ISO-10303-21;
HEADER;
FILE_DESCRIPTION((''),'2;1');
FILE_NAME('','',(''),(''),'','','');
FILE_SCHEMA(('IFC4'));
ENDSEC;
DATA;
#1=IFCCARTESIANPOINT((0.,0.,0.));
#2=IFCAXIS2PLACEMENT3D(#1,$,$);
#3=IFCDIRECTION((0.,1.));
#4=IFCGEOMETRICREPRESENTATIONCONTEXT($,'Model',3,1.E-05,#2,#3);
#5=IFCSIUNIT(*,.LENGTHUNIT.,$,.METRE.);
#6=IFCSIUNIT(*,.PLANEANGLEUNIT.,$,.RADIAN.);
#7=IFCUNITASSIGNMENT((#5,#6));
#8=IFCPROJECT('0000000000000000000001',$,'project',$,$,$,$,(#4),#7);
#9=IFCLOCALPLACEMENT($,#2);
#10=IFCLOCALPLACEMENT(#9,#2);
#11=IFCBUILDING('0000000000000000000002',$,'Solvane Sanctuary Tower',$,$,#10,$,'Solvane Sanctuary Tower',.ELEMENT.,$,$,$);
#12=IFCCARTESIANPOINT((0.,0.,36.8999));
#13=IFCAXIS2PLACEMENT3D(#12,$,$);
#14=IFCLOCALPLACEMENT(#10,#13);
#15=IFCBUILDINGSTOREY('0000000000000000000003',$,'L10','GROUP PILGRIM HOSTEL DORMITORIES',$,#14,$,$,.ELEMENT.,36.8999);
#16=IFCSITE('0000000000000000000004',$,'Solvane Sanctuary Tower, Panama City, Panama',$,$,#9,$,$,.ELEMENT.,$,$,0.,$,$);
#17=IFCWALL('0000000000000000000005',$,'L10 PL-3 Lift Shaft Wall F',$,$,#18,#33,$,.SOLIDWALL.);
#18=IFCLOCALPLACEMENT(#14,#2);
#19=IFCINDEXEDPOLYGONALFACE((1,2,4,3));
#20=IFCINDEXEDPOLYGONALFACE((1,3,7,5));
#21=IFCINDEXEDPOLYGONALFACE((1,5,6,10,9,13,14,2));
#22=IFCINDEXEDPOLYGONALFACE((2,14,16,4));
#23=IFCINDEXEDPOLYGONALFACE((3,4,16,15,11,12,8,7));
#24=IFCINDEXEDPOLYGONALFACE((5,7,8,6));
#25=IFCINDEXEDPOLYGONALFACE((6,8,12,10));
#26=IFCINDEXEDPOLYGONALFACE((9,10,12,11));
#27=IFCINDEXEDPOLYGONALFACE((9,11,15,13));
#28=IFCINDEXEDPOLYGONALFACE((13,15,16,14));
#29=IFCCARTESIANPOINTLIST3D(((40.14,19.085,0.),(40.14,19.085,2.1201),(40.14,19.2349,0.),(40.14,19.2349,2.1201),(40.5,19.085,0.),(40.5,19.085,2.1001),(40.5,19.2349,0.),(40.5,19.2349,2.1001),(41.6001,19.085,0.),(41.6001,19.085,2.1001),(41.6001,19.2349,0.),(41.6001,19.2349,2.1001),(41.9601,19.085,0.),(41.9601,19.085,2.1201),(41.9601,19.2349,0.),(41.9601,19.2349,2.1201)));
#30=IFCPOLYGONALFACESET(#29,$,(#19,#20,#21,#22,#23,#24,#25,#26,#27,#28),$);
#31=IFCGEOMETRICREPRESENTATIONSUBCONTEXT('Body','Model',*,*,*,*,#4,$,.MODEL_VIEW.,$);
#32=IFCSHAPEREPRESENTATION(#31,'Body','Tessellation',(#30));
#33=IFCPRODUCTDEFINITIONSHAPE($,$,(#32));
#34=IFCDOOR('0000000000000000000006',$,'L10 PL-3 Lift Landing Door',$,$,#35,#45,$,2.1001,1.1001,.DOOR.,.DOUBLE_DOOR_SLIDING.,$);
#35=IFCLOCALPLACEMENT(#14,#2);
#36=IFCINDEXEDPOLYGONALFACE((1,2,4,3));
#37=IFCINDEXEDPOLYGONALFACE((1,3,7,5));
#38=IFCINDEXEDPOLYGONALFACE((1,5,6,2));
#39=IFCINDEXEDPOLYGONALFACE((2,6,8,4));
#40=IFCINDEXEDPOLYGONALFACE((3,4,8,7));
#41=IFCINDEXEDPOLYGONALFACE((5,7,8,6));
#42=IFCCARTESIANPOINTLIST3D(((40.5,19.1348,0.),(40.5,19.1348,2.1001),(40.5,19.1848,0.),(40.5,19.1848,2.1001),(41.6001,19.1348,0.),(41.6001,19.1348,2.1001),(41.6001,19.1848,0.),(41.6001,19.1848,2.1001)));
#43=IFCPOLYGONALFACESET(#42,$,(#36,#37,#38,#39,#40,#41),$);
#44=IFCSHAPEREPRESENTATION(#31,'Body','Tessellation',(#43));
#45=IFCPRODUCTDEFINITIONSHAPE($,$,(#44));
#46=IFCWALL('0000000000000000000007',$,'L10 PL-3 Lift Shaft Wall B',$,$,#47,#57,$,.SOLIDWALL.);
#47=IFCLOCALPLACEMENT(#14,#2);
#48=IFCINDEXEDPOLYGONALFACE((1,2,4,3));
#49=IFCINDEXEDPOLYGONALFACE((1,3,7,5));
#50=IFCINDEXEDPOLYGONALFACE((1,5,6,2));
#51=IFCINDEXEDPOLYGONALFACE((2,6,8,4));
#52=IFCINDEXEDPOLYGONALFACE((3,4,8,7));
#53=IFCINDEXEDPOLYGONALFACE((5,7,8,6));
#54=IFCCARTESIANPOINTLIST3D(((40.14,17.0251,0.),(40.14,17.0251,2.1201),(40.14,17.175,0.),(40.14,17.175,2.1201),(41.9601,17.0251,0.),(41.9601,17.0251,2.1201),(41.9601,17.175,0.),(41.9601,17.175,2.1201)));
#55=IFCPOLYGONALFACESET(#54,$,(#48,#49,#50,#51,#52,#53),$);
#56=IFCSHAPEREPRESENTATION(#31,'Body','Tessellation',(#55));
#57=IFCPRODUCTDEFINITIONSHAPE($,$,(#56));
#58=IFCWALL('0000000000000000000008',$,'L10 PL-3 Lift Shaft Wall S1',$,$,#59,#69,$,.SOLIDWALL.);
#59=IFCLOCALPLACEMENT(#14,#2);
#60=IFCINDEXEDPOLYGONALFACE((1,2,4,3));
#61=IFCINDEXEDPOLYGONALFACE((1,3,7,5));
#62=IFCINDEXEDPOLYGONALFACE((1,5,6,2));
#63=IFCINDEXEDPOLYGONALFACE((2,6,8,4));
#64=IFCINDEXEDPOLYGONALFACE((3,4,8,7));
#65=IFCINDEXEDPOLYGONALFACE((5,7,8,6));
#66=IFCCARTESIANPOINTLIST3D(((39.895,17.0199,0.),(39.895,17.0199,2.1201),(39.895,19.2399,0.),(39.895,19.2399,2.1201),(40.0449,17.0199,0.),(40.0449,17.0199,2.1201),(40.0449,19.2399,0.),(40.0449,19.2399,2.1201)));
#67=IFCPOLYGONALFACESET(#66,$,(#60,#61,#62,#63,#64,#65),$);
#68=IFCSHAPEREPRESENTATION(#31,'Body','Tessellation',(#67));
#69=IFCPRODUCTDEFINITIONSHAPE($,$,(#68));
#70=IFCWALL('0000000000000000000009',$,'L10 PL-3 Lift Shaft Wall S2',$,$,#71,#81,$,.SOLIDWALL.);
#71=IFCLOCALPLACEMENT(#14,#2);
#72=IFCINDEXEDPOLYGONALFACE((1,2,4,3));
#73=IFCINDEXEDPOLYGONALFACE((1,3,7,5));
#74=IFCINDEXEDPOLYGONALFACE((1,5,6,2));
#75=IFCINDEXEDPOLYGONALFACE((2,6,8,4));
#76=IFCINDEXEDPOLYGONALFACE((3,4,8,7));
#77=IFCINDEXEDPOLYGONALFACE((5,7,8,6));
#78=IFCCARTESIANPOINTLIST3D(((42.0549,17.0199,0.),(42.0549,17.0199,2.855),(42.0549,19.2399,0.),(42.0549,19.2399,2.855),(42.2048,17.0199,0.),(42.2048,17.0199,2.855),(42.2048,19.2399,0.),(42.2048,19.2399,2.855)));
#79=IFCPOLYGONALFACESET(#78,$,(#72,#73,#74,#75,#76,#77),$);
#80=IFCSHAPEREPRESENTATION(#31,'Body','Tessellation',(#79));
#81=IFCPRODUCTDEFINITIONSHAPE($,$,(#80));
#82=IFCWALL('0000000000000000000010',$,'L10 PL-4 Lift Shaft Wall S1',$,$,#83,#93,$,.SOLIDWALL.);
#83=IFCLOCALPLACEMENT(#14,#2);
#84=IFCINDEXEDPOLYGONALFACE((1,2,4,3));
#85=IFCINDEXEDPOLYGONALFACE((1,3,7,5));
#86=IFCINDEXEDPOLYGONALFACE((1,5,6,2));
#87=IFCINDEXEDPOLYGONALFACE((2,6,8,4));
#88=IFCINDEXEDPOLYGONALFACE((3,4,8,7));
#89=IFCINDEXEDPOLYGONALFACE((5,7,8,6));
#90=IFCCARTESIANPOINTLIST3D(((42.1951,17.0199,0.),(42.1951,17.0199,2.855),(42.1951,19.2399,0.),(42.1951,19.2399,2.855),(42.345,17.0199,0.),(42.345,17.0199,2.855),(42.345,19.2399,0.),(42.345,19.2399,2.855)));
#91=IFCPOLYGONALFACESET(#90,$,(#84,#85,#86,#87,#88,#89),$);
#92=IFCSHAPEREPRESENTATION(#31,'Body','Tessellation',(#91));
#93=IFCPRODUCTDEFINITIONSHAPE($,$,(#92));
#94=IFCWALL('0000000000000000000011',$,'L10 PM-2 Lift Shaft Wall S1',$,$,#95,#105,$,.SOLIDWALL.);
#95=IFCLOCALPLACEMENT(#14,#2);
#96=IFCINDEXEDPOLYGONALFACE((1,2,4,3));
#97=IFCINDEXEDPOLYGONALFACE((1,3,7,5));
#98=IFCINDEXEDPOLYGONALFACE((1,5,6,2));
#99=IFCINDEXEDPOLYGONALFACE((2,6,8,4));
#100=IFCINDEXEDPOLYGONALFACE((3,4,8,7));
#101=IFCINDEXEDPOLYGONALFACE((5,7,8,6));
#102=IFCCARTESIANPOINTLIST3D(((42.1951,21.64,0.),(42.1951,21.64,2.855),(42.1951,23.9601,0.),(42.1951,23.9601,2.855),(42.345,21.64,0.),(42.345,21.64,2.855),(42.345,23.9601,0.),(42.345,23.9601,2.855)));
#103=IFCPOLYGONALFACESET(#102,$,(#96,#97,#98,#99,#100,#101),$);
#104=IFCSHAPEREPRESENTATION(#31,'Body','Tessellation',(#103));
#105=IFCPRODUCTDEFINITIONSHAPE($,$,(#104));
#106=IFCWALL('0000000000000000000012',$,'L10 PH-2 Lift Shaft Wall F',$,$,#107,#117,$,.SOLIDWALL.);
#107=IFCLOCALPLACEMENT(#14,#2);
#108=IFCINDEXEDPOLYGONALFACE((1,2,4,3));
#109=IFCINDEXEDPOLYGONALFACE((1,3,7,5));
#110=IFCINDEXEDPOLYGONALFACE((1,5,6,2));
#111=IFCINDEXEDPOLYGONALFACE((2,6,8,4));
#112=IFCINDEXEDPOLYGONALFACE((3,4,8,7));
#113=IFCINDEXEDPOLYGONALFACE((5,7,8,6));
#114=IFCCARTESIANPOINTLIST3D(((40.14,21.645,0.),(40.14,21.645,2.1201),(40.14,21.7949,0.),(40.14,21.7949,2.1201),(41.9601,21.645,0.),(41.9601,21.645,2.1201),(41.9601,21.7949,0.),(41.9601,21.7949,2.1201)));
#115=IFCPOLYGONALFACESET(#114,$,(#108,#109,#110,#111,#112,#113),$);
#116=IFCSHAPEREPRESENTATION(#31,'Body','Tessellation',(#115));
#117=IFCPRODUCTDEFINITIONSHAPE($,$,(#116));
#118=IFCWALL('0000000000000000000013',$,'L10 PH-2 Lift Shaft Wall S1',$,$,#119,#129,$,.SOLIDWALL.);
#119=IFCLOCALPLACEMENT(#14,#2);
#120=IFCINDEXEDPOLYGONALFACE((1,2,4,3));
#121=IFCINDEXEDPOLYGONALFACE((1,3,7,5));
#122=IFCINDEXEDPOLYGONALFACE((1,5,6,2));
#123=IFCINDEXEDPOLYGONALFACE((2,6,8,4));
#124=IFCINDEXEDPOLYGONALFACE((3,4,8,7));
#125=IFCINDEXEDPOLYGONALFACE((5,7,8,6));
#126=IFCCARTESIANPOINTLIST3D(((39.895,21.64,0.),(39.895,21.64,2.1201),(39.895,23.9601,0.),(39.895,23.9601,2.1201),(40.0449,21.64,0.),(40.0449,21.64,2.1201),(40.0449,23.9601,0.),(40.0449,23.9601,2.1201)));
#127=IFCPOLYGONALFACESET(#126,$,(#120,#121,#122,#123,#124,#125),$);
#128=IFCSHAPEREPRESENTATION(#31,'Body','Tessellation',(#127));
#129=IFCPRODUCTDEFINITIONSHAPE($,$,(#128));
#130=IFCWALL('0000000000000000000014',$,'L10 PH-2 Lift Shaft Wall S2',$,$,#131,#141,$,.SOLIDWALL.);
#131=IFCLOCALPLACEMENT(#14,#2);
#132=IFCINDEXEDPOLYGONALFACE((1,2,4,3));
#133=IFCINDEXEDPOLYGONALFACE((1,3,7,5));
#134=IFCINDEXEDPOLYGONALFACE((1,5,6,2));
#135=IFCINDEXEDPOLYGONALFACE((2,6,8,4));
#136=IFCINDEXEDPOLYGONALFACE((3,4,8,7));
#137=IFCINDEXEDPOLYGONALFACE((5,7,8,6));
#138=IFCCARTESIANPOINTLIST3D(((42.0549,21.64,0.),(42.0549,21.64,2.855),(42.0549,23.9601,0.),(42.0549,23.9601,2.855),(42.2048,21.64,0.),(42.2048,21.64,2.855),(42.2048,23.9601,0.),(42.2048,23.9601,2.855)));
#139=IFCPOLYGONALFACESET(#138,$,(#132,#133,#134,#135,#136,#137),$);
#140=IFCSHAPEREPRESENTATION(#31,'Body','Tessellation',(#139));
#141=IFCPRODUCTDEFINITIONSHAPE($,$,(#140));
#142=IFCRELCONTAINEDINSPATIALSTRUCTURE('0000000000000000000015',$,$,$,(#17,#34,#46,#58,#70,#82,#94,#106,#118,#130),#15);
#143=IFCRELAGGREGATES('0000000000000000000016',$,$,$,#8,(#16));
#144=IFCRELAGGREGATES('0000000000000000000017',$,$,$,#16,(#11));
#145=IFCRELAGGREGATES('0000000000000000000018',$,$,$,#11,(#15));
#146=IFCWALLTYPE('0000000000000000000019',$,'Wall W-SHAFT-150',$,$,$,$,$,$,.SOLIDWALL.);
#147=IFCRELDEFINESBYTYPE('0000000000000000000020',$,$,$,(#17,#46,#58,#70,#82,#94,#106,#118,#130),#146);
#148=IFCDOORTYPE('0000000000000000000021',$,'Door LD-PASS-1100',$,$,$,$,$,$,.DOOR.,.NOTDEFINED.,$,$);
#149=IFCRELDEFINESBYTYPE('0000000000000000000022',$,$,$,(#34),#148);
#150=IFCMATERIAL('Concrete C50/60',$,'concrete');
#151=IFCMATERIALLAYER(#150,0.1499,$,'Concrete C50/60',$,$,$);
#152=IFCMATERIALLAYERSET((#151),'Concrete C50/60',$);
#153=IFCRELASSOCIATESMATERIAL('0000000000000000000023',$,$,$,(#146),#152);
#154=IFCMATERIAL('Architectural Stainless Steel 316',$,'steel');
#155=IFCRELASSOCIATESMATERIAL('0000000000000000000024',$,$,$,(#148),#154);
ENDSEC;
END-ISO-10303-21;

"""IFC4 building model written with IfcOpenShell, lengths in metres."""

from ifc_helpers import new_model, si_unit, direction, frame, frame_2d, origin, place, context, subcontext, project, spatial, rectangle, extrude, material, layer, layer_set, type_object, element, fill, save


model = new_model("IFC4")

# Units and contexts
model_context = context("Model", 3, precision=1e-05, world=origin(), true_north=direction((0.0, 1.0)))
body_context = subcontext(model_context, "Body", "Model", "MODEL_VIEW")
ifc_project = project(units=[si_unit("LENGTHUNIT", "METRE"), si_unit("PLANEANGLEUNIT", "RADIAN")], contexts=[model_context])

# Site, building, storey
site_placement = place(None, origin())
site = spatial("IfcSite", under=ifc_project, at=site_placement, Name="Solvane Sanctuary Tower, Panama City, Panama", CompositionType="ELEMENT", RefElevation=0.0)
building_placement = place(site_placement, origin())
building = spatial("IfcBuilding", under=site, at=building_placement, Name="Solvane Sanctuary Tower", LongName="Solvane Sanctuary Tower", CompositionType="ELEMENT")
storey_placement = place(building_placement, frame((0.0, 0.0, 36.8999)))
storey = spatial("IfcBuildingStorey", under=building, at=storey_placement, Name="L10", Description="GROUP PILGRIM HOSTEL DORMITORIES", CompositionType="ELEMENT", Elevation=36.8999)

# Wall, opening, door
ifc_material_1 = material(Name="Concrete C50/60", Category="concrete")
ifc_layer_1 = layer(ifc_material_1, 0.1499, Name="Concrete C50/60")
ifc_layer_set_1 = layer_set([ifc_layer_1], Name="Concrete C50/60")
wall_type_1 = type_object("IfcWallType", Name="Wall W-SHAFT-150", PredefinedType="SOLIDWALL", material=ifc_layer_set_1)
wall_1_placement = place(storey_placement, frame((40.1399, 19.1599, 0.0), z_axis=(0.0, 0.0, 1.0), x_axis=(1.0, 0.0, 0.0)))
wall_1 = element("IfcWall", 1, at=wall_1_placement, inside=storey, type_object=wall_type_1, Name="L10 PL-3 Lift Shaft Wall F", PredefinedType="SOLIDWALL", context=body_context, shape_type="SweptSolid", body=[
    extrude(rectangle(XDim=1.8201, YDim=0.1499, at=frame_2d((0.9102, 0.0))), origin(), (0.0, 0.0, 1.0), 2.1201),
])
opening_1_placement = place(wall_1_placement, frame((0.3601, 0.0, 0.0)))
opening_1 = element("IfcOpeningElement", 2, at=opening_1_placement, cuts=wall_1, PredefinedType="OPENING", context=body_context, shape_type="SweptSolid", body=[
    extrude(rectangle(XDim=1.1001, YDim=2.1001, at=frame_2d((0.55, 1.05))), frame((0.0, 0.085, 0.0), z_axis=(0.0, -1.0, 0.0), x_axis=(1.0, 0.0, 0.0)), (0.0, 0.0, 1.0), 0.1699),
])
ifc_material_2 = material(Name="Architectural Stainless Steel 316", Category="steel")
door_type = type_object("IfcDoorType", Name="Door LD-PASS-1100", OperationType="NOTDEFINED", PredefinedType="DOOR", material=ifc_material_2)
door_placement = place(opening_1_placement, origin())
door = element("IfcDoor", 3, at=door_placement, inside=storey, type_object=door_type, Name="L10 PL-3 Lift Landing Door", OperationType="DOUBLE_DOOR_SLIDING", OverallHeight=2.1001, OverallWidth=1.1001, PredefinedType="DOOR", context=body_context, shape_type="SweptSolid", body=[
    extrude(rectangle(XDim=1.1001, YDim=2.1001, at=frame_2d((0.55, 1.05))), frame((0.0, 0.0249, 0.0), z_axis=(0.0, -1.0, 0.0), x_axis=(1.0, 0.0, 0.0)), (0.0, 0.0, 1.0), 0.05),
])
fill(opening_1, door)

# Walls
wall_2_placement = place(storey_placement, frame((40.1399, 17.1001, 0.0), z_axis=(0.0, 0.0, 1.0), x_axis=(1.0, 0.0, 0.0)))
element("IfcWall", 4, at=wall_2_placement, inside=storey, type_object=wall_type_1, Name="L10 PL-3 Lift Shaft Wall B", PredefinedType="SOLIDWALL", context=body_context, shape_type="SweptSolid", body=[
    extrude(rectangle(XDim=1.8201, YDim=0.1499, at=frame_2d((0.9102, 0.0))), origin(), (0.0, 0.0, 1.0), 2.1201),
])
wall_3_placement = place(storey_placement, frame((39.97, 17.02, 0.0), z_axis=(0.0, 0.0, 1.0), x_axis=(0.0, 1.0, 0.0)))
element("IfcWall", 5, at=wall_3_placement, inside=storey, type_object=wall_type_1, Name="L10 PL-3 Lift Shaft Wall S1", PredefinedType="SOLIDWALL", context=body_context, shape_type="SweptSolid", body=[
    extrude(rectangle(XDim=2.22, YDim=0.1499, at=frame_2d((1.1099, 0.0))), origin(), (0.0, 0.0, 1.0), 2.1201),
])
for number, where, z_axis, x_axis, name in (
    (6, (42.1299, 17.02, 0.0), (0.0, 0.0, 1.0), (0.0, 1.0, 0.0), "L10 PL-3 Lift Shaft Wall S2"),
    (7, (42.27, 17.02, 0.0), (0.0, 0.0, 1.0), (0.0, 1.0, 0.0), "L10 PL-4 Lift Shaft Wall S1"),
):
    element("IfcWall", number, at=place(storey_placement, frame(where, z_axis=z_axis, x_axis=x_axis)), inside=storey, type_object=wall_type_1, Name=name, PredefinedType="SOLIDWALL", context=body_context, shape_type="SweptSolid", body=[
        extrude(rectangle(XDim=2.22, YDim=0.1499, at=frame_2d((1.1099, 0.0))), origin(), (0.0, 0.0, 1.0), 2.855),
    ])
wall_4_placement = place(storey_placement, frame((42.27, 21.6399, 0.0), z_axis=(0.0, 0.0, 1.0), x_axis=(0.0, 1.0, 0.0)))
element("IfcWall", 8, at=wall_4_placement, inside=storey, type_object=wall_type_1, Name="L10 PM-2 Lift Shaft Wall S1", PredefinedType="SOLIDWALL", context=body_context, shape_type="SweptSolid", body=[
    extrude(rectangle(XDim=2.3201, YDim=0.1499, at=frame_2d((1.1602, 0.0))), origin(), (0.0, 0.0, 1.0), 2.855),
])
wall_5_placement = place(storey_placement, frame((40.1399, 21.72, 0.0), z_axis=(0.0, 0.0, 1.0), x_axis=(1.0, 0.0, 0.0)))
element("IfcWall", 9, at=wall_5_placement, inside=storey, type_object=wall_type_1, Name="L10 PH-2 Lift Shaft Wall F", PredefinedType="SOLIDWALL", context=body_context, shape_type="SweptSolid", body=[
    extrude(rectangle(XDim=1.8201, YDim=0.1499, at=frame_2d((0.9102, 0.0))), origin(), (0.0, 0.0, 1.0), 2.1201),
])
wall_6_placement = place(storey_placement, frame((39.97, 21.6399, 0.0), z_axis=(0.0, 0.0, 1.0), x_axis=(0.0, 1.0, 0.0)))
element("IfcWall", 10, at=wall_6_placement, inside=storey, type_object=wall_type_1, Name="L10 PH-2 Lift Shaft Wall S1", PredefinedType="SOLIDWALL", context=body_context, shape_type="SweptSolid", body=[
    extrude(rectangle(XDim=2.3201, YDim=0.1499, at=frame_2d((1.1602, 0.0))), origin(), (0.0, 0.0, 1.0), 2.1201),
])
wall_7_placement = place(storey_placement, frame((42.1299, 21.6399, 0.0), z_axis=(0.0, 0.0, 1.0), x_axis=(0.0, 1.0, 0.0)))
element("IfcWall", 11, at=wall_7_placement, inside=storey, type_object=wall_type_1, Name="L10 PH-2 Lift Shaft Wall S2", PredefinedType="SOLIDWALL", context=body_context, shape_type="SweptSolid", body=[
    extrude(rectangle(XDim=2.3201, YDim=0.1499, at=frame_2d((1.1602, 0.0))), origin(), (0.0, 0.0, 1.0), 2.855),
])

save(model, "model.ifc")
